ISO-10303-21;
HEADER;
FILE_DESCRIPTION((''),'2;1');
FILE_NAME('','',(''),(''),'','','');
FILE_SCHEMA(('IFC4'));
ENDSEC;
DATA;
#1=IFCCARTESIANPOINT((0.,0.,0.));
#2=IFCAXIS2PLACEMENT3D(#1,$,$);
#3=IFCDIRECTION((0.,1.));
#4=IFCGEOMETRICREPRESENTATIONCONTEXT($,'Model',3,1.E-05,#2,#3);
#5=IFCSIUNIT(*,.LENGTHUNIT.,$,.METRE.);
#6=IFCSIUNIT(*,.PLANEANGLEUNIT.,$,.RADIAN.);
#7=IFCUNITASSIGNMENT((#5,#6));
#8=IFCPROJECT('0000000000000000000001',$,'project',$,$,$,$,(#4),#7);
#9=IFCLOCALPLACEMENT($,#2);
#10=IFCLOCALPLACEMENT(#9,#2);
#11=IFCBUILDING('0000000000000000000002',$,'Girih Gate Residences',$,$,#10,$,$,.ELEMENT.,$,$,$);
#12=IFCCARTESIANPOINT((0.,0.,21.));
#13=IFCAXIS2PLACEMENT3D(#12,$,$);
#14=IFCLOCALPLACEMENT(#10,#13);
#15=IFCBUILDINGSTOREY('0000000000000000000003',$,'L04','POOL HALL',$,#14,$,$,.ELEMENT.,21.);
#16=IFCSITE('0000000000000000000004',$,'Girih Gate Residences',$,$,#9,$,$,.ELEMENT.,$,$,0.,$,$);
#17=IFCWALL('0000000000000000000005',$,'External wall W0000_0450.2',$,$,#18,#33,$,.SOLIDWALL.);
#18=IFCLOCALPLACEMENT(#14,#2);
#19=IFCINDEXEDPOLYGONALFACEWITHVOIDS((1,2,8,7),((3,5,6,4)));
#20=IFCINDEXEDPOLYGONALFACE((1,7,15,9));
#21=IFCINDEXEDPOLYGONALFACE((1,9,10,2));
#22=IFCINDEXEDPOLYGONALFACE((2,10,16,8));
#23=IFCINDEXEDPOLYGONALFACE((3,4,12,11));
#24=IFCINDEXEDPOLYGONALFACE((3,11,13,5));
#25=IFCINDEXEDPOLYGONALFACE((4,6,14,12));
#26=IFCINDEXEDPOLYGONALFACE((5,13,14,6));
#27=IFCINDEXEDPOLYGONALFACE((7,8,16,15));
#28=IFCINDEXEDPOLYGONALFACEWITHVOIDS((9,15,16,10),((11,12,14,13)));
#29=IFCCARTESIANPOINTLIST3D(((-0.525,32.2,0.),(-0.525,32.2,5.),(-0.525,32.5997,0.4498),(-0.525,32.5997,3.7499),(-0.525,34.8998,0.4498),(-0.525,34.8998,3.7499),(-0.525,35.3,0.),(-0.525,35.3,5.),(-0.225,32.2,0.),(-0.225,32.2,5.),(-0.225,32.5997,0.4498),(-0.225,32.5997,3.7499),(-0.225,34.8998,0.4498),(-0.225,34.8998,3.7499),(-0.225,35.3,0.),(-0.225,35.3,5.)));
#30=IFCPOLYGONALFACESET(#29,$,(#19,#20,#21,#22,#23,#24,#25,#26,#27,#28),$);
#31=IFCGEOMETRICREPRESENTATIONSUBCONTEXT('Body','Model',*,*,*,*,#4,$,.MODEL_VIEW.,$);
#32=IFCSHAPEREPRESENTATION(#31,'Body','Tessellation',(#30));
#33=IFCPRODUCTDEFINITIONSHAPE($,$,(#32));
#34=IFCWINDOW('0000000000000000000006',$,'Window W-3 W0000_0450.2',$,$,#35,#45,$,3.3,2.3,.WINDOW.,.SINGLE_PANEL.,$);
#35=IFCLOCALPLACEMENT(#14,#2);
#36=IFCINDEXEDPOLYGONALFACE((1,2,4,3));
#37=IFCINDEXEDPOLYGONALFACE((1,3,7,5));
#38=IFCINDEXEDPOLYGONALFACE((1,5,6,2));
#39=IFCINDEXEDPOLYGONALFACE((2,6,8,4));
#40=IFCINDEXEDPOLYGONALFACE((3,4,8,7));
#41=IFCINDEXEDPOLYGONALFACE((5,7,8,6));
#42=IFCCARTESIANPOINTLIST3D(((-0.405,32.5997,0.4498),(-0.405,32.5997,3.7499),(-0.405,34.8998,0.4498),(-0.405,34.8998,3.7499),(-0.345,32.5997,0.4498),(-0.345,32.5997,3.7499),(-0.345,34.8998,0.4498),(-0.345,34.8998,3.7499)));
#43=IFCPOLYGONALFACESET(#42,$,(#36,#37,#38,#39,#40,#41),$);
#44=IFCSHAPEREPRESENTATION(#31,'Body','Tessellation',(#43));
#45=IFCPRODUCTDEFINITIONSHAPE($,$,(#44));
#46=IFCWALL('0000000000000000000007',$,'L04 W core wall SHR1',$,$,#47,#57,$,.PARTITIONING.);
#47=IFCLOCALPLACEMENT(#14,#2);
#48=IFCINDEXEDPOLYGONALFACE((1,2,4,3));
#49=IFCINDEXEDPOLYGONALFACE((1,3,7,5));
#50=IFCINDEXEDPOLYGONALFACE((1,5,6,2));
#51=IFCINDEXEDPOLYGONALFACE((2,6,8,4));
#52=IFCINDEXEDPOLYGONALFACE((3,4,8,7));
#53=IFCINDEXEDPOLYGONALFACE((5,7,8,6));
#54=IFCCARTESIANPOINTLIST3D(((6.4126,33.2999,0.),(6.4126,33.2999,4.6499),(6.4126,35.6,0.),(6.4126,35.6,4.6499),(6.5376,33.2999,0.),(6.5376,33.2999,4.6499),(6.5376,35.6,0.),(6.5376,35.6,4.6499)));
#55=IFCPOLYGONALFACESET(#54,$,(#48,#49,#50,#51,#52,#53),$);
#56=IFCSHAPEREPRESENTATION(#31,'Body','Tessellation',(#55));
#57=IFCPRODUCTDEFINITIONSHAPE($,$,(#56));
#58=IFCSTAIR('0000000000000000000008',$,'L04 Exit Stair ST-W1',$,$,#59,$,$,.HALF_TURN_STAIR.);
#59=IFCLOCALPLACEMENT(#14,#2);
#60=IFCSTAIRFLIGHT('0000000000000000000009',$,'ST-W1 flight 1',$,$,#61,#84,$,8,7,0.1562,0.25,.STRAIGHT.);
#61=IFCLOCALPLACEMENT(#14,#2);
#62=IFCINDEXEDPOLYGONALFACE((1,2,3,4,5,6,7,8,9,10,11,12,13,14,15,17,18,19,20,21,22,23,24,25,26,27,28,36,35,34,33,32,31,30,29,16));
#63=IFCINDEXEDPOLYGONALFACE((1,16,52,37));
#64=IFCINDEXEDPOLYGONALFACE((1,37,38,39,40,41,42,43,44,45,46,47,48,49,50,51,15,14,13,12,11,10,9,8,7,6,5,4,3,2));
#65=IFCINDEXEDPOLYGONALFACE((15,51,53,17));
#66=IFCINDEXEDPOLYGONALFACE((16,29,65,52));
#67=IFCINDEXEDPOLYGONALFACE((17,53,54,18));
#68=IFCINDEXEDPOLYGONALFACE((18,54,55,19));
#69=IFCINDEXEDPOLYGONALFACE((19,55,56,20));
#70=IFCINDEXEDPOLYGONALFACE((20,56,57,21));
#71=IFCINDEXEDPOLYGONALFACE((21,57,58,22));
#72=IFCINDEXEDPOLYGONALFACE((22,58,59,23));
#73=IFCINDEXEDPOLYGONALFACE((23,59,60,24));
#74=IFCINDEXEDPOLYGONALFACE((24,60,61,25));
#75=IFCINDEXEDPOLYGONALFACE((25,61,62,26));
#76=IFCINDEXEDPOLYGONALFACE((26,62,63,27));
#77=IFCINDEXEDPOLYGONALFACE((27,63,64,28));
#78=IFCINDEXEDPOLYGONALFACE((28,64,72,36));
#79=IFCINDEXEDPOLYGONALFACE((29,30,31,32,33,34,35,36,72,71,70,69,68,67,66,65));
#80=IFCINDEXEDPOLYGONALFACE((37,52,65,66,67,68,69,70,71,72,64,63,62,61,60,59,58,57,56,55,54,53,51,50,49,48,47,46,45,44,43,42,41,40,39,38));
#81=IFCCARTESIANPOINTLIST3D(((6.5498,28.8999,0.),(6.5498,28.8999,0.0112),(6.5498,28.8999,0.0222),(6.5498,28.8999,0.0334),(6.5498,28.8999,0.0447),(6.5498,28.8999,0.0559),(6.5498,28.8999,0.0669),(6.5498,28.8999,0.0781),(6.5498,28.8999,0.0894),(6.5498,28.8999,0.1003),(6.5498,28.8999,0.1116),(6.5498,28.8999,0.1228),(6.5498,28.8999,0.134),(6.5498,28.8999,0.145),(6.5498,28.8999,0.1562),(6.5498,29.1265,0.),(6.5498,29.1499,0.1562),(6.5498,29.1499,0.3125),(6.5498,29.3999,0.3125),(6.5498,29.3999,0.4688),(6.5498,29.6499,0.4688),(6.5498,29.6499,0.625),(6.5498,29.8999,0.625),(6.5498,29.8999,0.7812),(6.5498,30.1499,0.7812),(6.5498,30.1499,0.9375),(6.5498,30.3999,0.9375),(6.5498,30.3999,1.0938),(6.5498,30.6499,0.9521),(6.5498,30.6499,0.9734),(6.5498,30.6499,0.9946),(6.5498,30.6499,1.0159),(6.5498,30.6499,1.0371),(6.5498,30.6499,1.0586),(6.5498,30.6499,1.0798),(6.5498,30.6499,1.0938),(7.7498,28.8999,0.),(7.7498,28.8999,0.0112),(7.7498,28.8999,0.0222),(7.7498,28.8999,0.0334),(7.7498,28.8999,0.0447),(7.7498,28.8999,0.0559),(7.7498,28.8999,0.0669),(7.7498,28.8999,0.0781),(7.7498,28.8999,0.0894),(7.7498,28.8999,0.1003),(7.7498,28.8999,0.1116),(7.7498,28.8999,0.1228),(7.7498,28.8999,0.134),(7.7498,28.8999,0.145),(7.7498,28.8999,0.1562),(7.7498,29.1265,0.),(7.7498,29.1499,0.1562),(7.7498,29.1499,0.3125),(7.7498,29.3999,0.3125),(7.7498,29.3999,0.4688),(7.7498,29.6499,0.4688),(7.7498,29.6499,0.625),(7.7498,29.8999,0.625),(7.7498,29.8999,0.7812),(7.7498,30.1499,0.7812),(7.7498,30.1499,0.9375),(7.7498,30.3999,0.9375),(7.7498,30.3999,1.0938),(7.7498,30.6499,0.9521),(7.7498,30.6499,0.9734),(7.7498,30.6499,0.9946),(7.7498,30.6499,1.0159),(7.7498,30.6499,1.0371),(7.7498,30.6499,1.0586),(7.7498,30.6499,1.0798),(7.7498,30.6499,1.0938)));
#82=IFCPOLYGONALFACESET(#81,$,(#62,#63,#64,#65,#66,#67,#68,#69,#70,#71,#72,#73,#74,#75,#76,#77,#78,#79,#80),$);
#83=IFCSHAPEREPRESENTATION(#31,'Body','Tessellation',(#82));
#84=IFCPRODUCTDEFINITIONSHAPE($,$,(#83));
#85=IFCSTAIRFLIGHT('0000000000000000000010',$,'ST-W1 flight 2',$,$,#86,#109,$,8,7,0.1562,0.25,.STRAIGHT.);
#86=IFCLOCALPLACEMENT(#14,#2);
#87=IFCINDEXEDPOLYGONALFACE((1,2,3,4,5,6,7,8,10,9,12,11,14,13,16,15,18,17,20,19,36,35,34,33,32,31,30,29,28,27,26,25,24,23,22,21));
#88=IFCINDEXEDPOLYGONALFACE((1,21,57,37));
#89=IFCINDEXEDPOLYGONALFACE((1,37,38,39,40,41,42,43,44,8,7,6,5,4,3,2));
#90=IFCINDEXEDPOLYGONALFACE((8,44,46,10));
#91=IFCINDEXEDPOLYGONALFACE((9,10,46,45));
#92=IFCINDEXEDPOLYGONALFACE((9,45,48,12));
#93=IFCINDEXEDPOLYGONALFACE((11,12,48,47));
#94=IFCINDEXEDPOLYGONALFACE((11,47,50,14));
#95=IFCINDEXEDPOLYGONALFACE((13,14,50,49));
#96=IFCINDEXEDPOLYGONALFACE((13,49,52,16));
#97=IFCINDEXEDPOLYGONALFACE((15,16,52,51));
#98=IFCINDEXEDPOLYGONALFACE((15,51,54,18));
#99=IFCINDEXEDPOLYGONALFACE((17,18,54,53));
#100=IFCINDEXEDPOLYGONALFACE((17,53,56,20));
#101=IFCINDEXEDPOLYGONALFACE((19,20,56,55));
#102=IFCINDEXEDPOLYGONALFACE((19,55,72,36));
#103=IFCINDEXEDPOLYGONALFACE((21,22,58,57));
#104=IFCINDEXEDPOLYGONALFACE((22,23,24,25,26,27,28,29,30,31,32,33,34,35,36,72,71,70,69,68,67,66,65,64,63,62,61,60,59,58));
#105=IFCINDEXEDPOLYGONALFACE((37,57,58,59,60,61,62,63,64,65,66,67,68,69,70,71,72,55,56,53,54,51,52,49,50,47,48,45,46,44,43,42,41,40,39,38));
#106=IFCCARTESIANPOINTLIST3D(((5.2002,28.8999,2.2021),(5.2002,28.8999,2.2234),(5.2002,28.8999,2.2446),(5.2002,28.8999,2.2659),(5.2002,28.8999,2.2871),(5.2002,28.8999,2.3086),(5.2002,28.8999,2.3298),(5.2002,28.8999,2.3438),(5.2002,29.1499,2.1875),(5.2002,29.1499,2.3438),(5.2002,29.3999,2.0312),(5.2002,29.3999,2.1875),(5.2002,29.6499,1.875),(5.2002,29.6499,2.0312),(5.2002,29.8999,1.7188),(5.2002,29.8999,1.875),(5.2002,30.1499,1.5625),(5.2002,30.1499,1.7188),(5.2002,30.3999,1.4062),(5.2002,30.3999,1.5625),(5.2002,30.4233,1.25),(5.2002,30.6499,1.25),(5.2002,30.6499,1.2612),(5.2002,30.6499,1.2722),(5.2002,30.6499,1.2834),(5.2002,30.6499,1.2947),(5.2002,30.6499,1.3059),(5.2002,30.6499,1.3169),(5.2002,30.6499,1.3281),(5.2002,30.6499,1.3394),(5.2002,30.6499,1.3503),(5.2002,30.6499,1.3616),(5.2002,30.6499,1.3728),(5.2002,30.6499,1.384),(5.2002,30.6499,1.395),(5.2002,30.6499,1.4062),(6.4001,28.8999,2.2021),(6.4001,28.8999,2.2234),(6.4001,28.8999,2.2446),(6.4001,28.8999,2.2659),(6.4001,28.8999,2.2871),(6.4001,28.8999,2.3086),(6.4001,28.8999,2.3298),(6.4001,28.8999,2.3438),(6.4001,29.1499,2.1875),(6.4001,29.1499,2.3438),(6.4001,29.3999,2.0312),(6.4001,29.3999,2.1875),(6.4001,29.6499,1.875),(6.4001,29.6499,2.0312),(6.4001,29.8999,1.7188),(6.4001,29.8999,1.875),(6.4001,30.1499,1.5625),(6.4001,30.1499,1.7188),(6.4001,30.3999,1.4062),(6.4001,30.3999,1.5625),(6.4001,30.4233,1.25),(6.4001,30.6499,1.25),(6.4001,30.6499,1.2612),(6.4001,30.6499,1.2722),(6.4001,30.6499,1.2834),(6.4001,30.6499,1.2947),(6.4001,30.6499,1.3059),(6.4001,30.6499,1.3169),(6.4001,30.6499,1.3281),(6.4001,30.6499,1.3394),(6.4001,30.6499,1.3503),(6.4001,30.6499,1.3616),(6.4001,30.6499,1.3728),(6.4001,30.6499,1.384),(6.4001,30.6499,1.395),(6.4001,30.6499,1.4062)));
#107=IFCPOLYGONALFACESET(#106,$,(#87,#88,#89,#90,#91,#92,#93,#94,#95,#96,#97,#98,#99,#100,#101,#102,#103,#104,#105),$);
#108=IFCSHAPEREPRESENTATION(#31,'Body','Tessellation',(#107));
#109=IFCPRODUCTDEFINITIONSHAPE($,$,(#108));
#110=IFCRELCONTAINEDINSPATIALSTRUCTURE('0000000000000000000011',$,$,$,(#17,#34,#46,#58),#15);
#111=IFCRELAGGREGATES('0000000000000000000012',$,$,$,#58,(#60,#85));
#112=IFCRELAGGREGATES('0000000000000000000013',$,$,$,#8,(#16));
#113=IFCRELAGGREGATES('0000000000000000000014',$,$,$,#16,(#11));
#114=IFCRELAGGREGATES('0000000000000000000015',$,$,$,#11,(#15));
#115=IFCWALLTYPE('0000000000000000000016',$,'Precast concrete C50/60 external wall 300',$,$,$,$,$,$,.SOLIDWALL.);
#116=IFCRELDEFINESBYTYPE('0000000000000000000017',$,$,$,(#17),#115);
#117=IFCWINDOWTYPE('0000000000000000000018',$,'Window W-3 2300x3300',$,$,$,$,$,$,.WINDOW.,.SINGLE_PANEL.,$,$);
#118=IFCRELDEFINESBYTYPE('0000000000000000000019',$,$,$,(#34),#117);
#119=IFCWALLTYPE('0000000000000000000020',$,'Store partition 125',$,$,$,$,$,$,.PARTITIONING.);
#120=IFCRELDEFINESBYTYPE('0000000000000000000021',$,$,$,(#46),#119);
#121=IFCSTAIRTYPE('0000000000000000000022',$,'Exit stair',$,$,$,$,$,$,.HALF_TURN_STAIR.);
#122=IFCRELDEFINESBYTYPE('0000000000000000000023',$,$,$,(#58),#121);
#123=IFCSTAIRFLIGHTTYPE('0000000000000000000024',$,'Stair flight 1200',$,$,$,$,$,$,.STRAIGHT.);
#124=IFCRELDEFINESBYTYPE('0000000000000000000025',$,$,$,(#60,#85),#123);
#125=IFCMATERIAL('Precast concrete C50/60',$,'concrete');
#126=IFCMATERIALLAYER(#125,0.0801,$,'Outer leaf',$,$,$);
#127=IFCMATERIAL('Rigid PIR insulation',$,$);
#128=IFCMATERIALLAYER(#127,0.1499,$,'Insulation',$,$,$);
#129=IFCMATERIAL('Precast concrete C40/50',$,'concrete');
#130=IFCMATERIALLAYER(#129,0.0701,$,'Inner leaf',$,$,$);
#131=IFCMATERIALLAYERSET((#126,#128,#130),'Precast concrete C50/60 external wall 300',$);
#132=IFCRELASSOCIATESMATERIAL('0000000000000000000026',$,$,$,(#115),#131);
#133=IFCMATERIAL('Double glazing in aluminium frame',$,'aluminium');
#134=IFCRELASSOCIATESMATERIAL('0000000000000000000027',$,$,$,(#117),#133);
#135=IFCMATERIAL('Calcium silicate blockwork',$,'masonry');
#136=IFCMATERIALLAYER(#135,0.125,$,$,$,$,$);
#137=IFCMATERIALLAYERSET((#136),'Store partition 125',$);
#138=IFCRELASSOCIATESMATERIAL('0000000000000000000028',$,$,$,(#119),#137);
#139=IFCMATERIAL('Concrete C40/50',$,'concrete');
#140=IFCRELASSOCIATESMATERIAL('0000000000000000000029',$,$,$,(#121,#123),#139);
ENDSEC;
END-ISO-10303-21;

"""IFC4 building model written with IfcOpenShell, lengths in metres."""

from ifc_helpers import new_model, si_unit, direction, frame, frame_2d, origin, place, context, subcontext, project, spatial, polyline, rectangle, outline, extrude, material, layer, layer_set, type_object, element, fill, aggregate, save


model = new_model("IFC4")

# Units and contexts
model_context = context("Model", 3, precision=1e-05, world=origin(), true_north=direction((0.0, 1.0)))
body_context = subcontext(model_context, "Body", "Model", "MODEL_VIEW")
ifc_project = project(units=[si_unit("LENGTHUNIT", "METRE"), si_unit("PLANEANGLEUNIT", "RADIAN")], contexts=[model_context])

# Site, building, storey
site_placement = place(None, origin())
site = spatial("IfcSite", under=ifc_project, at=site_placement, Name="Girih Gate Residences", CompositionType="ELEMENT", RefElevation=0.0)
building_placement = place(site_placement, origin())
building = spatial("IfcBuilding", under=site, at=building_placement, Name="Girih Gate Residences", CompositionType="ELEMENT")
storey_placement = place(building_placement, frame((0.0, 0.0, 21.0)))
storey = spatial("IfcBuildingStorey", under=building, at=storey_placement, Name="L04", Description="POOL HALL", CompositionType="ELEMENT", Elevation=21.0)

# Shared definitions
ifc_material_1 = material(Name="Concrete C40/50", Category="concrete")

# Wall, opening, window
ifc_material_2 = material(Name="Precast concrete C50/60", Category="concrete")
ifc_layer_1 = layer(ifc_material_2, 0.0801, Name="Outer leaf")
ifc_material_3 = material(Name="Rigid PIR insulation")
ifc_layer_2 = layer(ifc_material_3, 0.1499, Name="Insulation")
ifc_material_4 = material(Name="Precast concrete C40/50", Category="concrete")
ifc_layer_3 = layer(ifc_material_4, 0.0701, Name="Inner leaf")
ifc_layer_set_1 = layer_set([ifc_layer_1, ifc_layer_2, ifc_layer_3], Name="Precast concrete C50/60 external wall 300")
wall_type_1 = type_object("IfcWallType", Name="Precast concrete C50/60 external wall 300", PredefinedType="SOLIDWALL", material=ifc_layer_set_1)
wall_1_placement = place(storey_placement, frame((-0.375, 32.2, 0.0), z_axis=(0.0, 0.0, 1.0), x_axis=(0.0, 1.0, 0.0)))
wall_1 = element("IfcWall", 1, at=wall_1_placement, inside=storey, type_object=wall_type_1, Name="External wall W0000_0450.2", PredefinedType="SOLIDWALL", context=body_context, shape_type="SweptSolid", body=[
    extrude(rectangle(XDim=3.1001, YDim=0.3, at=frame_2d((1.55, 0.0))), origin(), (0.0, 0.0, 1.0), 5.0),
])
opening_1_placement = place(wall_1_placement, frame((0.3999, 0.0, 0.45)))
opening_1 = element("IfcOpeningElement", 2, at=opening_1_placement, cuts=wall_1, PredefinedType="OPENING", context=body_context, shape_type="SweptSolid", body=[
    extrude(rectangle(XDim=2.3, YDim=3.3, at=frame_2d((1.1499, 1.6499))), frame((0.0, 0.1599, 0.0), z_axis=(0.0, -1.0, 0.0), x_axis=(1.0, 0.0, 0.0)), (0.0, 0.0, 1.0), 0.3201),
])
ifc_material_5 = material(Name="Double glazing in aluminium frame", Category="aluminium")
window_type = type_object("IfcWindowType", Name="Window W-3 2300x3300", PartitioningType="SINGLE_PANEL", PredefinedType="WINDOW", material=ifc_material_5)
window_placement = place(opening_1_placement, origin())
window = element("IfcWindow", 3, at=window_placement, inside=storey, type_object=window_type, Name="Window W-3 W0000_0450.2", OverallHeight=3.3, OverallWidth=2.3, PartitioningType="SINGLE_PANEL", PredefinedType="WINDOW", context=body_context, shape_type="SweptSolid", body=[
    extrude(rectangle(XDim=2.3, YDim=3.3, at=frame_2d((1.1499, 1.6499))), frame((0.0, 0.03, 0.0), z_axis=(0.0, -1.0, 0.0), x_axis=(1.0, 0.0, 0.0)), (0.0, 0.0, 1.0), 0.0601),
])
fill(opening_1, window)

# Wall
ifc_material_6 = material(Name="Calcium silicate blockwork", Category="masonry")
ifc_layer_4 = layer(ifc_material_6, 0.125)
ifc_layer_set_2 = layer_set([ifc_layer_4], Name="Store partition 125")
wall_type_2 = type_object("IfcWallType", Name="Store partition 125", PredefinedType="PARTITIONING", material=ifc_layer_set_2)
wall_2_placement = place(storey_placement, frame((6.4751, 33.3, 0.0), z_axis=(0.0, 0.0, 1.0), x_axis=(0.0, 1.0, 0.0)))
element("IfcWall", 4, at=wall_2_placement, inside=storey, type_object=wall_type_2, Name="L04 W core wall SHR1", PredefinedType="PARTITIONING", context=body_context, shape_type="SweptSolid", body=[
    extrude(rectangle(XDim=2.3, YDim=0.125, at=frame_2d((1.1499, 0.0))), origin(), (0.0, 0.0, 1.0), 4.6499),
])

# Stair, stair flights
stair_type = type_object("IfcStairType", Name="Exit stair", PredefinedType="HALF_TURN_STAIR", material=ifc_material_1)
stair_placement = place(storey_placement, origin())
stair = element("IfcStair", 5, at=stair_placement, inside=storey, type_object=stair_type, Name="L04 Exit Stair ST-W1", PredefinedType="HALF_TURN_STAIR")
stair_flight_type = type_object("IfcStairFlightType", Name="Stair flight 1200", PredefinedType="STRAIGHT", material=ifc_material_1)
stair_flight_1_placement = place(storey_placement, frame((7.1499, 28.8999, 0.0), z_axis=(0.0, 0.0, 1.0), x_axis=(0.0, 1.0, 0.0)))
stair_flight_1 = element("IfcStairFlight", 6, at=stair_flight_1_placement, type_object=stair_flight_type, Name="ST-W1 flight 1", NumberOfRisers=8, NumberOfTreads=7, PredefinedType="STRAIGHT", RiserHeight=0.1562, TreadLength=0.25, context=body_context, shape_type="SweptSolid", body=[
    extrude(outline(polyline([(0.0, 0.0), (0.0, 0.0112), (0.0, 0.0222), (0.0, 0.0334), (0.0, 0.0447), (0.0, 0.0559), (0.0, 0.0669), (0.0, 0.0781), (0.0, 0.0894), (0.0, 0.1003), (0.0, 0.1116), (0.0, 0.1228), (0.0, 0.134), (0.0, 0.145), (0.0, 0.1562), (0.25, 0.1562), (0.25, 0.3125), (0.5, 0.3125), (0.5, 0.4688), (0.75, 0.4688), (0.75, 0.625), (1.0, 0.625), (1.0, 0.7812), (1.25, 0.7812), (1.25, 0.9375), (1.5, 0.9375), (1.5, 1.0938), (1.75, 1.0938), (1.75, 1.105), (1.75, 1.116), (1.75, 1.1272), (1.75, 1.1384), (1.75, 1.1497), (1.75, 1.1606), (1.75, 1.1719), (1.75, 1.1831), (1.75, 1.1941), (1.75, 1.2053), (1.75, 1.2166), (1.75, 1.2278), (1.75, 1.2388), (1.75, 1.25), (1.75, 1.2288), (1.75, 1.2075), (1.75, 1.1863), (1.75, 1.1648), (1.75, 1.1436), (1.75, 1.1223), (1.75, 1.1011), (1.75, 1.0798), (1.75, 1.0586), (1.75, 1.0371), (1.75, 1.0159), (1.75, 0.9946), (1.75, 0.9734), (1.75, 0.9521), (0.2266, 0.0), (0.0, 0.0)])), frame((0.0, 0.6001, 0.0), z_axis=(0.0, -1.0, 0.0), x_axis=(1.0, 0.0, 0.0)), (0.0, 0.0, 1.0), 1.2),
])
stair_flight_2_placement = place(storey_placement, frame((5.8, 30.6499, 1.25), z_axis=(0.0, 0.0, 1.0), x_axis=(0.0, -1.0, 0.0)))
stair_flight_2 = element("IfcStairFlight", 7, at=stair_flight_2_placement, type_object=stair_flight_type, Name="ST-W1 flight 2", NumberOfRisers=8, NumberOfTreads=7, PredefinedType="STRAIGHT", RiserHeight=0.1562, TreadLength=0.25, context=body_context, shape_type="SweptSolid", body=[
    extrude(outline(polyline([(0.0, 0.0), (0.0, 0.0112), (0.0, 0.0222), (0.0, 0.0334), (0.0, 0.0447), (0.0, 0.0559), (0.0, 0.0669), (0.0, 0.0781), (0.0, 0.0894), (0.0, 0.1003), (0.0, 0.1116), (0.0, 0.1228), (0.0, 0.134), (0.0, 0.145), (0.0, 0.1562), (0.25, 0.1562), (0.25, 0.3125), (0.5, 0.3125), (0.5, 0.4688), (0.75, 0.4688), (0.75, 0.625), (1.0, 0.625), (1.0, 0.7812), (1.25, 0.7812), (1.25, 0.9375), (1.5, 0.9375), (1.5, 1.0938), (1.75, 1.0938), (1.75, 1.105), (1.75, 1.116), (1.75, 1.1272), (1.75, 1.1384), (1.75, 1.1497), (1.75, 1.1606), (1.75, 1.1719), (1.75, 1.1831), (1.75, 1.1941), (1.75, 1.2053), (1.75, 1.2166), (1.75, 1.2278), (1.75, 1.2388), (1.75, 1.25), (1.75, 1.2288), (1.75, 1.2075), (1.75, 1.1863), (1.75, 1.1648), (1.75, 1.1436), (1.75, 1.1223), (1.75, 1.1011), (1.75, 1.0798), (1.75, 1.0586), (1.75, 1.0371), (1.75, 1.0159), (1.75, 0.9946), (1.75, 0.9734), (1.75, 0.9521), (0.2266, 0.0), (0.0, 0.0)])), frame((0.0, 0.6001, 0.0), z_axis=(0.0, -1.0, 0.0), x_axis=(1.0, 0.0, 0.0)), (0.0, 0.0, 1.0), 1.2),
])
aggregate(stair, [stair_flight_1, stair_flight_2])

save(model, "model.ifc")
